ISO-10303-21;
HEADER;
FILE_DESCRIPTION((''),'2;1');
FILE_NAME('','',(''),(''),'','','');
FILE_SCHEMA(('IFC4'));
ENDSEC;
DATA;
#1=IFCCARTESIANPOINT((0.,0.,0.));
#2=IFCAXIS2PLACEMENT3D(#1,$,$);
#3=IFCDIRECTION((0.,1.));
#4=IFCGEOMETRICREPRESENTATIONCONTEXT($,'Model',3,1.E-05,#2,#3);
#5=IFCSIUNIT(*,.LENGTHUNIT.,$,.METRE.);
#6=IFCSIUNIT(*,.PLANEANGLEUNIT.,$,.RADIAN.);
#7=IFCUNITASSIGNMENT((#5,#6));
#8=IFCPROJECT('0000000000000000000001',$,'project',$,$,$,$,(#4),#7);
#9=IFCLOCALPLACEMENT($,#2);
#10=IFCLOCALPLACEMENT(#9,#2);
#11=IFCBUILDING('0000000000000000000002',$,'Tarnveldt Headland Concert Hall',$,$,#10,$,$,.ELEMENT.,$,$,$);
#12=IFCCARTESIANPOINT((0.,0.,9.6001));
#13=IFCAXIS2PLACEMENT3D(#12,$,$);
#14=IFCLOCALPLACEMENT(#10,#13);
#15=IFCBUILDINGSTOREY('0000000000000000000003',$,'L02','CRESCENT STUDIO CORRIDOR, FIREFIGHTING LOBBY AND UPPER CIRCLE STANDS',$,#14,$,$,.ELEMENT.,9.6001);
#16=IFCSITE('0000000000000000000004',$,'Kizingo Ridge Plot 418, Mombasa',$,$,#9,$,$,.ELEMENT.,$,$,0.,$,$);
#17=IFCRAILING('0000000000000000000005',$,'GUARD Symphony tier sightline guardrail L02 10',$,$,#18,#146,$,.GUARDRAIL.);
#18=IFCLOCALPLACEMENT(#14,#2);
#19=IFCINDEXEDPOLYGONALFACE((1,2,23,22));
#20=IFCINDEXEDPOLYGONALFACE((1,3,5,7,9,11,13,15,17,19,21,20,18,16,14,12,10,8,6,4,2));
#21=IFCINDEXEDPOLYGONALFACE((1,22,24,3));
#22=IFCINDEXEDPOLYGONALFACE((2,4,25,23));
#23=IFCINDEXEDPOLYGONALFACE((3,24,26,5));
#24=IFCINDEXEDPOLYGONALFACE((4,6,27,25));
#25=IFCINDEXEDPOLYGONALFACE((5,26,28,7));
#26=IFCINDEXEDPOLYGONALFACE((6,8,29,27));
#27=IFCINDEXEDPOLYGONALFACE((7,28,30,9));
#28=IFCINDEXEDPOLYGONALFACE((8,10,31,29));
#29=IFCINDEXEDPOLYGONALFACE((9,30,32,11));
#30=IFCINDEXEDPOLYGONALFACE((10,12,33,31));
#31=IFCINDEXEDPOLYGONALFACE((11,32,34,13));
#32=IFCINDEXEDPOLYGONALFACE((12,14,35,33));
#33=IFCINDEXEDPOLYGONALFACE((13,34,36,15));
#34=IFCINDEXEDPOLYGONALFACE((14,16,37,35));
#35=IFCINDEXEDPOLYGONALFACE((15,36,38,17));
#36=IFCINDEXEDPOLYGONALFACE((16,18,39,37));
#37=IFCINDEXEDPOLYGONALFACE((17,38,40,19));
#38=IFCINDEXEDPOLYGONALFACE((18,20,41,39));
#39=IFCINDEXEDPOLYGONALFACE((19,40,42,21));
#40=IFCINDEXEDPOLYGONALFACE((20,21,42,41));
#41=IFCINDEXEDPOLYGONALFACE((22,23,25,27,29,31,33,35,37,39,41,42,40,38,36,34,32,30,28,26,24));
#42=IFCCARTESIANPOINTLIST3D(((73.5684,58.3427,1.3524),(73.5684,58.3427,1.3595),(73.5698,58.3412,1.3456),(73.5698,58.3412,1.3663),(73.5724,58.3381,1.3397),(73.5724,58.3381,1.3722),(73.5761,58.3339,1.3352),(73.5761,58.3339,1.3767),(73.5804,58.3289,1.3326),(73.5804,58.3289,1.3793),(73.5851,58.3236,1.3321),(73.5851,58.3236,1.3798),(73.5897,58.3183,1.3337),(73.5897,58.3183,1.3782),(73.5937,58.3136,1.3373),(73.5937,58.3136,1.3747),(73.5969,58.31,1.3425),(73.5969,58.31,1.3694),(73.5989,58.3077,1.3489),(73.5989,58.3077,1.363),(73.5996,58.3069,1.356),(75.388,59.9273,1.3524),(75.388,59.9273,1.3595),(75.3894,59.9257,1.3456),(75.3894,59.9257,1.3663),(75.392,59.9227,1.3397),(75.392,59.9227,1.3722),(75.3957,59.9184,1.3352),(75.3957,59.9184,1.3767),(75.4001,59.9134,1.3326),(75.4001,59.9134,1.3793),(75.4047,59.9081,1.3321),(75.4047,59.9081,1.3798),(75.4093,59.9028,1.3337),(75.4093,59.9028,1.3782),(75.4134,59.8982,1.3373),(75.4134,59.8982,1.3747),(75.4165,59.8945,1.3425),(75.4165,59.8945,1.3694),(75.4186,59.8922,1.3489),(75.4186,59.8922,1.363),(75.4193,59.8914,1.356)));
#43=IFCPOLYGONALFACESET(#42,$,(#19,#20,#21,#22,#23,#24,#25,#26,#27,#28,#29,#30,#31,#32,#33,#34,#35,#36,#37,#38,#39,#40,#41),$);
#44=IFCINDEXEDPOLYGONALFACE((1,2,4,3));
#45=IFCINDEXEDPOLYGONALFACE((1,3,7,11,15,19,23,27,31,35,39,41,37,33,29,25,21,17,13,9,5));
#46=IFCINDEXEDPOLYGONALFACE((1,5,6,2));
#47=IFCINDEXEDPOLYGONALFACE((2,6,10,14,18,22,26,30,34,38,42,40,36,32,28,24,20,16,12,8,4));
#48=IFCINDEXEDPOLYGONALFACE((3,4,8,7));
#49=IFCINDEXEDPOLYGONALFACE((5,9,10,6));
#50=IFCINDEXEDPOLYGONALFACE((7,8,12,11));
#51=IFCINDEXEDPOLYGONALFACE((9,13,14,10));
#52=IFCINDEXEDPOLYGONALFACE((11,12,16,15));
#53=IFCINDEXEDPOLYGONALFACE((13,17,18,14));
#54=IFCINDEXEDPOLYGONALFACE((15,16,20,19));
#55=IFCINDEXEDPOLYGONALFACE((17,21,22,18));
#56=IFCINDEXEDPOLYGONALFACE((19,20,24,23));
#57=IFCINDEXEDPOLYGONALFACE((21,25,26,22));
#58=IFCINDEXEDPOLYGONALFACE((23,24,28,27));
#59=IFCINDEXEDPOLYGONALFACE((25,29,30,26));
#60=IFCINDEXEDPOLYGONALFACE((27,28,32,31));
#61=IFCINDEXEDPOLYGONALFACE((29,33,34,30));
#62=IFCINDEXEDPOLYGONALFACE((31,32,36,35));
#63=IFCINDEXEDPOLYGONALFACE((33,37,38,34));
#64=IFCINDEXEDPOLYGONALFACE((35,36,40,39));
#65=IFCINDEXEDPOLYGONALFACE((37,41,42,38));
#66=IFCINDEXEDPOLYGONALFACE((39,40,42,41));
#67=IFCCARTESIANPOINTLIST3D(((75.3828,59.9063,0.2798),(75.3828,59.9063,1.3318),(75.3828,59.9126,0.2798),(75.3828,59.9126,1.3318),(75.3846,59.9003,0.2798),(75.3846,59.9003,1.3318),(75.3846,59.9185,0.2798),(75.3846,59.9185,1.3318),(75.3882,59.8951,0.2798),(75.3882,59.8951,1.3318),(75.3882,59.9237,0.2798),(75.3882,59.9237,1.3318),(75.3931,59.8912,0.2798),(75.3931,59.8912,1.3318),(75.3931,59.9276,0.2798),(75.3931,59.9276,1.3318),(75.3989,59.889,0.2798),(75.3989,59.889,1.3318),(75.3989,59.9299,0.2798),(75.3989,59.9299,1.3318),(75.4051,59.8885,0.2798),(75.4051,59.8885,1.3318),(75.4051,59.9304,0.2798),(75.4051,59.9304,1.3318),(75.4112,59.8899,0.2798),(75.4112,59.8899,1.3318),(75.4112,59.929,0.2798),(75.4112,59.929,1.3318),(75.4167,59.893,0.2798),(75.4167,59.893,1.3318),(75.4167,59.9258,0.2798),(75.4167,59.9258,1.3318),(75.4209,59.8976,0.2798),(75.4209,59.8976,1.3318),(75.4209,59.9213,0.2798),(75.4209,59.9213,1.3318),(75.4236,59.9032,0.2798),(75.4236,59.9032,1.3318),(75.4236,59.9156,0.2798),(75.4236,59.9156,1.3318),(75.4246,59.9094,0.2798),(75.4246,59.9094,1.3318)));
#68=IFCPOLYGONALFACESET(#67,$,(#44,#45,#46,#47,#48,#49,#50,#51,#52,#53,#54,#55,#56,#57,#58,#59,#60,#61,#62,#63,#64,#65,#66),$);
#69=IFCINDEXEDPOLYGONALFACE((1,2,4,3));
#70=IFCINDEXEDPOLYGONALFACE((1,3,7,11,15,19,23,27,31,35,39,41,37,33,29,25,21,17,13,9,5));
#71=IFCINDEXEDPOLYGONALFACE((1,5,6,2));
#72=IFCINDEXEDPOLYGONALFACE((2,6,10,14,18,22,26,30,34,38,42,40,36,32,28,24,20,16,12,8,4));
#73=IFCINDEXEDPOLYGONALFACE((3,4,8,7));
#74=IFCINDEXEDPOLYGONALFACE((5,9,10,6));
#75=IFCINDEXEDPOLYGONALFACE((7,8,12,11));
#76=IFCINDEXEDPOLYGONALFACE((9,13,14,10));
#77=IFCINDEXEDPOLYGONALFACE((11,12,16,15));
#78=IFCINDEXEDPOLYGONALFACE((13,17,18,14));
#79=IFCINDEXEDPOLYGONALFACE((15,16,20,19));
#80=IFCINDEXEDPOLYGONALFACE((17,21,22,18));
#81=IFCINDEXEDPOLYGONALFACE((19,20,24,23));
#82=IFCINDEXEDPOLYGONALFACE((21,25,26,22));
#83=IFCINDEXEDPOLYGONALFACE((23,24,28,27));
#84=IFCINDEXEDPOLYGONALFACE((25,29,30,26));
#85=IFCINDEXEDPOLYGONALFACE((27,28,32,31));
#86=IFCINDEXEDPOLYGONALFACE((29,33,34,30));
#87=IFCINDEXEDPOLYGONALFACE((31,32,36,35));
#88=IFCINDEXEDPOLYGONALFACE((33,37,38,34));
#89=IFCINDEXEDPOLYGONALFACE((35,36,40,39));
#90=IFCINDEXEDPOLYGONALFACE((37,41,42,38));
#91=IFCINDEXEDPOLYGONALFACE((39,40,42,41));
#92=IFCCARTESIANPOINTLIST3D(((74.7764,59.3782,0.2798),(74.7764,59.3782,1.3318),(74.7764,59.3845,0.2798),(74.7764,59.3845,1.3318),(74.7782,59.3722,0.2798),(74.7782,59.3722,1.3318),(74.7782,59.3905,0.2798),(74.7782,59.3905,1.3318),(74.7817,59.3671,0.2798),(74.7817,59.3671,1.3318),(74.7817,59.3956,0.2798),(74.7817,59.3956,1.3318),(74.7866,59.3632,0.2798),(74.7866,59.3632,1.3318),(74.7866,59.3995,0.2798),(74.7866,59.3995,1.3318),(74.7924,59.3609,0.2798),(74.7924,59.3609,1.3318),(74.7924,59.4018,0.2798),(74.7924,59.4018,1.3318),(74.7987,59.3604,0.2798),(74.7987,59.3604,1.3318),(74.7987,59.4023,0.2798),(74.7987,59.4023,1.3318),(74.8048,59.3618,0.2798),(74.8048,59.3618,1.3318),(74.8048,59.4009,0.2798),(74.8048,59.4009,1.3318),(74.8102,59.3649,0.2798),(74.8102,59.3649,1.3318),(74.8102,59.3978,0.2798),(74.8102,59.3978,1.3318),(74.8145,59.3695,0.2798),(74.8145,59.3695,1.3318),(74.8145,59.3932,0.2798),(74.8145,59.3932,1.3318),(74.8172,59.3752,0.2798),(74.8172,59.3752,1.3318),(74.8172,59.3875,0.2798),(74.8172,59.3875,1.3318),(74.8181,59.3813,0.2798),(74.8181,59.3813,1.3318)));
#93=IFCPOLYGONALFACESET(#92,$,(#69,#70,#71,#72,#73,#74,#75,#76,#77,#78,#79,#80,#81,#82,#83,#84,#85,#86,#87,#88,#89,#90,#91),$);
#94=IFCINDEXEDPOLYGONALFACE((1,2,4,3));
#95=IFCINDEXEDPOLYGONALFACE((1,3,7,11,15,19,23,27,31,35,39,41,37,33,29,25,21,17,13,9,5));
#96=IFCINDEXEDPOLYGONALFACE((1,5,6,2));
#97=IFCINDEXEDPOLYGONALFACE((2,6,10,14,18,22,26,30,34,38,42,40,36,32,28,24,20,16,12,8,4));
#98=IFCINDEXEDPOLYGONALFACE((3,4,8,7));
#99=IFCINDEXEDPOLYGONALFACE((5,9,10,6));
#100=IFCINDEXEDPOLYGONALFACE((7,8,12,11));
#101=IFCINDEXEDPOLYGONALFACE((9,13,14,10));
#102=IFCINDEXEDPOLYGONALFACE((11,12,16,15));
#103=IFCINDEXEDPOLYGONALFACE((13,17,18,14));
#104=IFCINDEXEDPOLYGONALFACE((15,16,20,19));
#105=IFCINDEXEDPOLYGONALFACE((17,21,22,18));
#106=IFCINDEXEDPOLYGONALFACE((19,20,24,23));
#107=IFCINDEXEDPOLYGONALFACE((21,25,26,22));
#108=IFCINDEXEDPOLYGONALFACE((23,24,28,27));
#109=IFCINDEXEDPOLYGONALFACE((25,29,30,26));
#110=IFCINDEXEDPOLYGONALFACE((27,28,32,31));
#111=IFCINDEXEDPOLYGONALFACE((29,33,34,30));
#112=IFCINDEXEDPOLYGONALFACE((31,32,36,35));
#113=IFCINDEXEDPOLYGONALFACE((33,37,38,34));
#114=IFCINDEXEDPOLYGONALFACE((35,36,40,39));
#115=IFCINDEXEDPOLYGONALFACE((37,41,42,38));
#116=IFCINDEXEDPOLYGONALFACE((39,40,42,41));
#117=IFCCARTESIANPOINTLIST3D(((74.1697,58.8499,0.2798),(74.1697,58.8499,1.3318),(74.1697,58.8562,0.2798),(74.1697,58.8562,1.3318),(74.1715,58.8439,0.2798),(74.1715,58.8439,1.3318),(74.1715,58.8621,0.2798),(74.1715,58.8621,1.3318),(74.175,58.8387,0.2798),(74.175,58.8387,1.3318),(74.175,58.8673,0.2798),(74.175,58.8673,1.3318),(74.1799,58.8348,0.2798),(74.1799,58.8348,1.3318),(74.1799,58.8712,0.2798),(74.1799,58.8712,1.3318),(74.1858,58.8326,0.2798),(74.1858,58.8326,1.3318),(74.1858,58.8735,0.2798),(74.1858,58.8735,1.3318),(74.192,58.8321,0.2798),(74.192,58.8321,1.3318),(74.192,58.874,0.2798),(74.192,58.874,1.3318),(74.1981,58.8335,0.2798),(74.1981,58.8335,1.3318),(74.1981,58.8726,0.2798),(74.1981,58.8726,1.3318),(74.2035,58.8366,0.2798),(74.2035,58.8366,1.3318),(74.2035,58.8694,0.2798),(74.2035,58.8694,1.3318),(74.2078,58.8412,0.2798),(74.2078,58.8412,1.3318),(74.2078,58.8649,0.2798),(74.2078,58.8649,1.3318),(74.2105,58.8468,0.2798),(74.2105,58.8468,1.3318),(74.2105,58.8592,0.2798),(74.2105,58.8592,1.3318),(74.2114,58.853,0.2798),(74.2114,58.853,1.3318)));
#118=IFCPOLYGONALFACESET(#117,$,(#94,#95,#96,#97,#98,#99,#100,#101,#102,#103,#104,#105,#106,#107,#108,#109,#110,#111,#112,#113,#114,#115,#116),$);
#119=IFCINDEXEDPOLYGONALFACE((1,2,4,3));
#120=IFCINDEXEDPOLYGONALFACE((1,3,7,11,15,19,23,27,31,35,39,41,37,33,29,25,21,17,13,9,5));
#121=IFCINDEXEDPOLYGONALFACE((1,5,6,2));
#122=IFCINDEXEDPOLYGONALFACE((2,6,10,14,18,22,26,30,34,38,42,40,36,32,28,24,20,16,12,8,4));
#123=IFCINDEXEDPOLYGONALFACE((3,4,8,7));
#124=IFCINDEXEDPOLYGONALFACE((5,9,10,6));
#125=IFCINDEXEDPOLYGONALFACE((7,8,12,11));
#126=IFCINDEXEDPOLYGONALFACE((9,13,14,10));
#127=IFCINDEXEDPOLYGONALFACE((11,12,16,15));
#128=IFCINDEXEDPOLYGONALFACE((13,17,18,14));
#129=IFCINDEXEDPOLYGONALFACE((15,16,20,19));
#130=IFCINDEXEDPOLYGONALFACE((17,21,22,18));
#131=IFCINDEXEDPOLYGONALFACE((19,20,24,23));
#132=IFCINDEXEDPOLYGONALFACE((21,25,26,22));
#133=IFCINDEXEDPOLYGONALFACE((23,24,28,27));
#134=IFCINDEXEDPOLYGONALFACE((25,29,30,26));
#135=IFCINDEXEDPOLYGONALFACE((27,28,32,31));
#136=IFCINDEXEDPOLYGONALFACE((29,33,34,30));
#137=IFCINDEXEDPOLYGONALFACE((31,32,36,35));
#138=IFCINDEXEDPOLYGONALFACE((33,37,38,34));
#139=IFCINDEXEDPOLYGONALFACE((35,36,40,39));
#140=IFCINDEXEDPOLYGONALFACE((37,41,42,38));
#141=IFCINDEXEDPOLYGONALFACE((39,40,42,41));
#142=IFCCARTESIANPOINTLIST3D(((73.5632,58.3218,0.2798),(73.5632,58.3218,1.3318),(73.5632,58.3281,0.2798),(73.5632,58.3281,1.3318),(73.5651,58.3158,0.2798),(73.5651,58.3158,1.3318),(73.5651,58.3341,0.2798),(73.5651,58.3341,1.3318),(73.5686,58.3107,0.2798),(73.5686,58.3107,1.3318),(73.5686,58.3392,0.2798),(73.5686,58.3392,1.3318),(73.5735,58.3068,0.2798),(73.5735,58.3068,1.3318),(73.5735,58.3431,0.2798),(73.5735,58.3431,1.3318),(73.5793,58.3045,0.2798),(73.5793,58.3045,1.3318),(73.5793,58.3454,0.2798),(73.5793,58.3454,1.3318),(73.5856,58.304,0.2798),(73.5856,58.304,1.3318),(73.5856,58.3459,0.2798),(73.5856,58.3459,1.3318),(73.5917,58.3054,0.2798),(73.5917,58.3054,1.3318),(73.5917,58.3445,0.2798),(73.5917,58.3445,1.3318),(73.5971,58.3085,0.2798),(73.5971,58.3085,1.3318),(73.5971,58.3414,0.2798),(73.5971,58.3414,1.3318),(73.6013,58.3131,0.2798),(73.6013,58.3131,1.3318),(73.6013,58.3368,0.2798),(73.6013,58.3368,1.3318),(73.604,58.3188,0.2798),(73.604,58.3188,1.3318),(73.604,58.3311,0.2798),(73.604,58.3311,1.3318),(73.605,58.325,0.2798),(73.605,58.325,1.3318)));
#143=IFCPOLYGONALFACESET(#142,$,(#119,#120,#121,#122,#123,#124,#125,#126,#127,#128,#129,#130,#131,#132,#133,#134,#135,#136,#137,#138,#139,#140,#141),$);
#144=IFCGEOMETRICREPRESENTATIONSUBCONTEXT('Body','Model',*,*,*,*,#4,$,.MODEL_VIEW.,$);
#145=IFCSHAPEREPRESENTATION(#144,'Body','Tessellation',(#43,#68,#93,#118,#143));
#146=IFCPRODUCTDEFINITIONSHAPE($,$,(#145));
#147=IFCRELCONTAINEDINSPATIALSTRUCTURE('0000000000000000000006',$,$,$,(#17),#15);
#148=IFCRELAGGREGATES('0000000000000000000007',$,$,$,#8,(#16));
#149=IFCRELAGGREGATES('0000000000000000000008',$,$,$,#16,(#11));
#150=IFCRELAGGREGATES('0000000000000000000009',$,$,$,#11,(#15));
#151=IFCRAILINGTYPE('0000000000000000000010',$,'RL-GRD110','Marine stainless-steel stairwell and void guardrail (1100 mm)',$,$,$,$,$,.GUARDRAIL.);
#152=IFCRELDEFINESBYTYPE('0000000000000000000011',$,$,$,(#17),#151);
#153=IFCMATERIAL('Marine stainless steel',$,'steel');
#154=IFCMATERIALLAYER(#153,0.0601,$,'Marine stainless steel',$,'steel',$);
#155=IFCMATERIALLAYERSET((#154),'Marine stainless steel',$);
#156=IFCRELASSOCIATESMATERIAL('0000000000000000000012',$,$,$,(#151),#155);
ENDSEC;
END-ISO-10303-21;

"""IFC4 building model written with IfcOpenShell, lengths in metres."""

from ifc_helpers import new_model, si_unit, direction, frame, origin, origin_2d, place, context, subcontext, project, spatial, circle, extrude, material, layer, layer_set, type_object, element, save


model = new_model("IFC4")

# Units and contexts
model_context = context("Model", 3, precision=1e-05, world=origin(), true_north=direction((0.0, 1.0)))
body_context = subcontext(model_context, "Body", "Model", "MODEL_VIEW")
ifc_project = project(units=[si_unit("LENGTHUNIT", "METRE"), si_unit("PLANEANGLEUNIT", "RADIAN")], contexts=[model_context])

# Site, building, storey
site_placement = place(None, origin())
site = spatial("IfcSite", under=ifc_project, at=site_placement, Name="Kizingo Ridge Plot 418, Mombasa", CompositionType="ELEMENT", RefElevation=0.0)
building_placement = place(site_placement, origin())
building = spatial("IfcBuilding", under=site, at=building_placement, Name="Tarnveldt Headland Concert Hall", CompositionType="ELEMENT")
storey_placement = place(building_placement, frame((0.0, 0.0, 9.6001)))
storey = spatial("IfcBuildingStorey", under=building, at=storey_placement, Name="L02", Description="CRESCENT STUDIO CORRIDOR, FIREFIGHTING LOBBY AND UPPER CIRCLE STANDS", CompositionType="ELEMENT", Elevation=9.6001)

# Railing
ifc_material_1 = material(Name="Marine stainless steel", Category="steel")
ifc_layer = layer(ifc_material_1, 0.0601, Name="Marine stainless steel", Category="steel")
ifc_layer_set = layer_set([ifc_layer], Name="Marine stainless steel")
railing_type = type_object("IfcRailingType", Name="RL-GRD110", Description="Marine stainless-steel stairwell and void guardrail (1100 mm)", PredefinedType="GUARDRAIL", material=ifc_layer_set)
railing_1_placement = place(storey_placement, frame((75.4036, 59.9094, 0.2798)))
element("IfcRailing", 1, at=railing_1_placement, inside=storey, type_object=railing_type, Name="GUARD Symphony tier sightline guardrail L02 10", PredefinedType="GUARDRAIL", context=body_context, shape_type="SweptSolid", body=[
    extrude(circle(Radius=0.0239, at=origin_2d()), frame((0.0, 0.0, 1.0762), z_axis=(-0.754148, -0.656705, 0.0), x_axis=(0.656705, -0.754148, 0.0)), (0.0, 0.0, 1.0), 2.4128),
    extrude(circle(Radius=0.021, at=origin_2d()), origin(), (0.0, 0.0, 1.0), 1.052),
    extrude(circle(Radius=0.021, at=origin_2d()), frame((-0.6064, -0.5281, 0.0)), (0.0, 0.0, 1.0), 1.052),
    extrude(circle(Radius=0.021, at=origin_2d()), frame((-1.2131, -1.0564, 0.0)), (0.0, 0.0, 1.0), 1.052),
    extrude(circle(Radius=0.021, at=origin_2d()), frame((-1.8196, -1.5845, 0.0)), (0.0, 0.0, 1.0), 1.052),
])

save(model, "model.ifc")
